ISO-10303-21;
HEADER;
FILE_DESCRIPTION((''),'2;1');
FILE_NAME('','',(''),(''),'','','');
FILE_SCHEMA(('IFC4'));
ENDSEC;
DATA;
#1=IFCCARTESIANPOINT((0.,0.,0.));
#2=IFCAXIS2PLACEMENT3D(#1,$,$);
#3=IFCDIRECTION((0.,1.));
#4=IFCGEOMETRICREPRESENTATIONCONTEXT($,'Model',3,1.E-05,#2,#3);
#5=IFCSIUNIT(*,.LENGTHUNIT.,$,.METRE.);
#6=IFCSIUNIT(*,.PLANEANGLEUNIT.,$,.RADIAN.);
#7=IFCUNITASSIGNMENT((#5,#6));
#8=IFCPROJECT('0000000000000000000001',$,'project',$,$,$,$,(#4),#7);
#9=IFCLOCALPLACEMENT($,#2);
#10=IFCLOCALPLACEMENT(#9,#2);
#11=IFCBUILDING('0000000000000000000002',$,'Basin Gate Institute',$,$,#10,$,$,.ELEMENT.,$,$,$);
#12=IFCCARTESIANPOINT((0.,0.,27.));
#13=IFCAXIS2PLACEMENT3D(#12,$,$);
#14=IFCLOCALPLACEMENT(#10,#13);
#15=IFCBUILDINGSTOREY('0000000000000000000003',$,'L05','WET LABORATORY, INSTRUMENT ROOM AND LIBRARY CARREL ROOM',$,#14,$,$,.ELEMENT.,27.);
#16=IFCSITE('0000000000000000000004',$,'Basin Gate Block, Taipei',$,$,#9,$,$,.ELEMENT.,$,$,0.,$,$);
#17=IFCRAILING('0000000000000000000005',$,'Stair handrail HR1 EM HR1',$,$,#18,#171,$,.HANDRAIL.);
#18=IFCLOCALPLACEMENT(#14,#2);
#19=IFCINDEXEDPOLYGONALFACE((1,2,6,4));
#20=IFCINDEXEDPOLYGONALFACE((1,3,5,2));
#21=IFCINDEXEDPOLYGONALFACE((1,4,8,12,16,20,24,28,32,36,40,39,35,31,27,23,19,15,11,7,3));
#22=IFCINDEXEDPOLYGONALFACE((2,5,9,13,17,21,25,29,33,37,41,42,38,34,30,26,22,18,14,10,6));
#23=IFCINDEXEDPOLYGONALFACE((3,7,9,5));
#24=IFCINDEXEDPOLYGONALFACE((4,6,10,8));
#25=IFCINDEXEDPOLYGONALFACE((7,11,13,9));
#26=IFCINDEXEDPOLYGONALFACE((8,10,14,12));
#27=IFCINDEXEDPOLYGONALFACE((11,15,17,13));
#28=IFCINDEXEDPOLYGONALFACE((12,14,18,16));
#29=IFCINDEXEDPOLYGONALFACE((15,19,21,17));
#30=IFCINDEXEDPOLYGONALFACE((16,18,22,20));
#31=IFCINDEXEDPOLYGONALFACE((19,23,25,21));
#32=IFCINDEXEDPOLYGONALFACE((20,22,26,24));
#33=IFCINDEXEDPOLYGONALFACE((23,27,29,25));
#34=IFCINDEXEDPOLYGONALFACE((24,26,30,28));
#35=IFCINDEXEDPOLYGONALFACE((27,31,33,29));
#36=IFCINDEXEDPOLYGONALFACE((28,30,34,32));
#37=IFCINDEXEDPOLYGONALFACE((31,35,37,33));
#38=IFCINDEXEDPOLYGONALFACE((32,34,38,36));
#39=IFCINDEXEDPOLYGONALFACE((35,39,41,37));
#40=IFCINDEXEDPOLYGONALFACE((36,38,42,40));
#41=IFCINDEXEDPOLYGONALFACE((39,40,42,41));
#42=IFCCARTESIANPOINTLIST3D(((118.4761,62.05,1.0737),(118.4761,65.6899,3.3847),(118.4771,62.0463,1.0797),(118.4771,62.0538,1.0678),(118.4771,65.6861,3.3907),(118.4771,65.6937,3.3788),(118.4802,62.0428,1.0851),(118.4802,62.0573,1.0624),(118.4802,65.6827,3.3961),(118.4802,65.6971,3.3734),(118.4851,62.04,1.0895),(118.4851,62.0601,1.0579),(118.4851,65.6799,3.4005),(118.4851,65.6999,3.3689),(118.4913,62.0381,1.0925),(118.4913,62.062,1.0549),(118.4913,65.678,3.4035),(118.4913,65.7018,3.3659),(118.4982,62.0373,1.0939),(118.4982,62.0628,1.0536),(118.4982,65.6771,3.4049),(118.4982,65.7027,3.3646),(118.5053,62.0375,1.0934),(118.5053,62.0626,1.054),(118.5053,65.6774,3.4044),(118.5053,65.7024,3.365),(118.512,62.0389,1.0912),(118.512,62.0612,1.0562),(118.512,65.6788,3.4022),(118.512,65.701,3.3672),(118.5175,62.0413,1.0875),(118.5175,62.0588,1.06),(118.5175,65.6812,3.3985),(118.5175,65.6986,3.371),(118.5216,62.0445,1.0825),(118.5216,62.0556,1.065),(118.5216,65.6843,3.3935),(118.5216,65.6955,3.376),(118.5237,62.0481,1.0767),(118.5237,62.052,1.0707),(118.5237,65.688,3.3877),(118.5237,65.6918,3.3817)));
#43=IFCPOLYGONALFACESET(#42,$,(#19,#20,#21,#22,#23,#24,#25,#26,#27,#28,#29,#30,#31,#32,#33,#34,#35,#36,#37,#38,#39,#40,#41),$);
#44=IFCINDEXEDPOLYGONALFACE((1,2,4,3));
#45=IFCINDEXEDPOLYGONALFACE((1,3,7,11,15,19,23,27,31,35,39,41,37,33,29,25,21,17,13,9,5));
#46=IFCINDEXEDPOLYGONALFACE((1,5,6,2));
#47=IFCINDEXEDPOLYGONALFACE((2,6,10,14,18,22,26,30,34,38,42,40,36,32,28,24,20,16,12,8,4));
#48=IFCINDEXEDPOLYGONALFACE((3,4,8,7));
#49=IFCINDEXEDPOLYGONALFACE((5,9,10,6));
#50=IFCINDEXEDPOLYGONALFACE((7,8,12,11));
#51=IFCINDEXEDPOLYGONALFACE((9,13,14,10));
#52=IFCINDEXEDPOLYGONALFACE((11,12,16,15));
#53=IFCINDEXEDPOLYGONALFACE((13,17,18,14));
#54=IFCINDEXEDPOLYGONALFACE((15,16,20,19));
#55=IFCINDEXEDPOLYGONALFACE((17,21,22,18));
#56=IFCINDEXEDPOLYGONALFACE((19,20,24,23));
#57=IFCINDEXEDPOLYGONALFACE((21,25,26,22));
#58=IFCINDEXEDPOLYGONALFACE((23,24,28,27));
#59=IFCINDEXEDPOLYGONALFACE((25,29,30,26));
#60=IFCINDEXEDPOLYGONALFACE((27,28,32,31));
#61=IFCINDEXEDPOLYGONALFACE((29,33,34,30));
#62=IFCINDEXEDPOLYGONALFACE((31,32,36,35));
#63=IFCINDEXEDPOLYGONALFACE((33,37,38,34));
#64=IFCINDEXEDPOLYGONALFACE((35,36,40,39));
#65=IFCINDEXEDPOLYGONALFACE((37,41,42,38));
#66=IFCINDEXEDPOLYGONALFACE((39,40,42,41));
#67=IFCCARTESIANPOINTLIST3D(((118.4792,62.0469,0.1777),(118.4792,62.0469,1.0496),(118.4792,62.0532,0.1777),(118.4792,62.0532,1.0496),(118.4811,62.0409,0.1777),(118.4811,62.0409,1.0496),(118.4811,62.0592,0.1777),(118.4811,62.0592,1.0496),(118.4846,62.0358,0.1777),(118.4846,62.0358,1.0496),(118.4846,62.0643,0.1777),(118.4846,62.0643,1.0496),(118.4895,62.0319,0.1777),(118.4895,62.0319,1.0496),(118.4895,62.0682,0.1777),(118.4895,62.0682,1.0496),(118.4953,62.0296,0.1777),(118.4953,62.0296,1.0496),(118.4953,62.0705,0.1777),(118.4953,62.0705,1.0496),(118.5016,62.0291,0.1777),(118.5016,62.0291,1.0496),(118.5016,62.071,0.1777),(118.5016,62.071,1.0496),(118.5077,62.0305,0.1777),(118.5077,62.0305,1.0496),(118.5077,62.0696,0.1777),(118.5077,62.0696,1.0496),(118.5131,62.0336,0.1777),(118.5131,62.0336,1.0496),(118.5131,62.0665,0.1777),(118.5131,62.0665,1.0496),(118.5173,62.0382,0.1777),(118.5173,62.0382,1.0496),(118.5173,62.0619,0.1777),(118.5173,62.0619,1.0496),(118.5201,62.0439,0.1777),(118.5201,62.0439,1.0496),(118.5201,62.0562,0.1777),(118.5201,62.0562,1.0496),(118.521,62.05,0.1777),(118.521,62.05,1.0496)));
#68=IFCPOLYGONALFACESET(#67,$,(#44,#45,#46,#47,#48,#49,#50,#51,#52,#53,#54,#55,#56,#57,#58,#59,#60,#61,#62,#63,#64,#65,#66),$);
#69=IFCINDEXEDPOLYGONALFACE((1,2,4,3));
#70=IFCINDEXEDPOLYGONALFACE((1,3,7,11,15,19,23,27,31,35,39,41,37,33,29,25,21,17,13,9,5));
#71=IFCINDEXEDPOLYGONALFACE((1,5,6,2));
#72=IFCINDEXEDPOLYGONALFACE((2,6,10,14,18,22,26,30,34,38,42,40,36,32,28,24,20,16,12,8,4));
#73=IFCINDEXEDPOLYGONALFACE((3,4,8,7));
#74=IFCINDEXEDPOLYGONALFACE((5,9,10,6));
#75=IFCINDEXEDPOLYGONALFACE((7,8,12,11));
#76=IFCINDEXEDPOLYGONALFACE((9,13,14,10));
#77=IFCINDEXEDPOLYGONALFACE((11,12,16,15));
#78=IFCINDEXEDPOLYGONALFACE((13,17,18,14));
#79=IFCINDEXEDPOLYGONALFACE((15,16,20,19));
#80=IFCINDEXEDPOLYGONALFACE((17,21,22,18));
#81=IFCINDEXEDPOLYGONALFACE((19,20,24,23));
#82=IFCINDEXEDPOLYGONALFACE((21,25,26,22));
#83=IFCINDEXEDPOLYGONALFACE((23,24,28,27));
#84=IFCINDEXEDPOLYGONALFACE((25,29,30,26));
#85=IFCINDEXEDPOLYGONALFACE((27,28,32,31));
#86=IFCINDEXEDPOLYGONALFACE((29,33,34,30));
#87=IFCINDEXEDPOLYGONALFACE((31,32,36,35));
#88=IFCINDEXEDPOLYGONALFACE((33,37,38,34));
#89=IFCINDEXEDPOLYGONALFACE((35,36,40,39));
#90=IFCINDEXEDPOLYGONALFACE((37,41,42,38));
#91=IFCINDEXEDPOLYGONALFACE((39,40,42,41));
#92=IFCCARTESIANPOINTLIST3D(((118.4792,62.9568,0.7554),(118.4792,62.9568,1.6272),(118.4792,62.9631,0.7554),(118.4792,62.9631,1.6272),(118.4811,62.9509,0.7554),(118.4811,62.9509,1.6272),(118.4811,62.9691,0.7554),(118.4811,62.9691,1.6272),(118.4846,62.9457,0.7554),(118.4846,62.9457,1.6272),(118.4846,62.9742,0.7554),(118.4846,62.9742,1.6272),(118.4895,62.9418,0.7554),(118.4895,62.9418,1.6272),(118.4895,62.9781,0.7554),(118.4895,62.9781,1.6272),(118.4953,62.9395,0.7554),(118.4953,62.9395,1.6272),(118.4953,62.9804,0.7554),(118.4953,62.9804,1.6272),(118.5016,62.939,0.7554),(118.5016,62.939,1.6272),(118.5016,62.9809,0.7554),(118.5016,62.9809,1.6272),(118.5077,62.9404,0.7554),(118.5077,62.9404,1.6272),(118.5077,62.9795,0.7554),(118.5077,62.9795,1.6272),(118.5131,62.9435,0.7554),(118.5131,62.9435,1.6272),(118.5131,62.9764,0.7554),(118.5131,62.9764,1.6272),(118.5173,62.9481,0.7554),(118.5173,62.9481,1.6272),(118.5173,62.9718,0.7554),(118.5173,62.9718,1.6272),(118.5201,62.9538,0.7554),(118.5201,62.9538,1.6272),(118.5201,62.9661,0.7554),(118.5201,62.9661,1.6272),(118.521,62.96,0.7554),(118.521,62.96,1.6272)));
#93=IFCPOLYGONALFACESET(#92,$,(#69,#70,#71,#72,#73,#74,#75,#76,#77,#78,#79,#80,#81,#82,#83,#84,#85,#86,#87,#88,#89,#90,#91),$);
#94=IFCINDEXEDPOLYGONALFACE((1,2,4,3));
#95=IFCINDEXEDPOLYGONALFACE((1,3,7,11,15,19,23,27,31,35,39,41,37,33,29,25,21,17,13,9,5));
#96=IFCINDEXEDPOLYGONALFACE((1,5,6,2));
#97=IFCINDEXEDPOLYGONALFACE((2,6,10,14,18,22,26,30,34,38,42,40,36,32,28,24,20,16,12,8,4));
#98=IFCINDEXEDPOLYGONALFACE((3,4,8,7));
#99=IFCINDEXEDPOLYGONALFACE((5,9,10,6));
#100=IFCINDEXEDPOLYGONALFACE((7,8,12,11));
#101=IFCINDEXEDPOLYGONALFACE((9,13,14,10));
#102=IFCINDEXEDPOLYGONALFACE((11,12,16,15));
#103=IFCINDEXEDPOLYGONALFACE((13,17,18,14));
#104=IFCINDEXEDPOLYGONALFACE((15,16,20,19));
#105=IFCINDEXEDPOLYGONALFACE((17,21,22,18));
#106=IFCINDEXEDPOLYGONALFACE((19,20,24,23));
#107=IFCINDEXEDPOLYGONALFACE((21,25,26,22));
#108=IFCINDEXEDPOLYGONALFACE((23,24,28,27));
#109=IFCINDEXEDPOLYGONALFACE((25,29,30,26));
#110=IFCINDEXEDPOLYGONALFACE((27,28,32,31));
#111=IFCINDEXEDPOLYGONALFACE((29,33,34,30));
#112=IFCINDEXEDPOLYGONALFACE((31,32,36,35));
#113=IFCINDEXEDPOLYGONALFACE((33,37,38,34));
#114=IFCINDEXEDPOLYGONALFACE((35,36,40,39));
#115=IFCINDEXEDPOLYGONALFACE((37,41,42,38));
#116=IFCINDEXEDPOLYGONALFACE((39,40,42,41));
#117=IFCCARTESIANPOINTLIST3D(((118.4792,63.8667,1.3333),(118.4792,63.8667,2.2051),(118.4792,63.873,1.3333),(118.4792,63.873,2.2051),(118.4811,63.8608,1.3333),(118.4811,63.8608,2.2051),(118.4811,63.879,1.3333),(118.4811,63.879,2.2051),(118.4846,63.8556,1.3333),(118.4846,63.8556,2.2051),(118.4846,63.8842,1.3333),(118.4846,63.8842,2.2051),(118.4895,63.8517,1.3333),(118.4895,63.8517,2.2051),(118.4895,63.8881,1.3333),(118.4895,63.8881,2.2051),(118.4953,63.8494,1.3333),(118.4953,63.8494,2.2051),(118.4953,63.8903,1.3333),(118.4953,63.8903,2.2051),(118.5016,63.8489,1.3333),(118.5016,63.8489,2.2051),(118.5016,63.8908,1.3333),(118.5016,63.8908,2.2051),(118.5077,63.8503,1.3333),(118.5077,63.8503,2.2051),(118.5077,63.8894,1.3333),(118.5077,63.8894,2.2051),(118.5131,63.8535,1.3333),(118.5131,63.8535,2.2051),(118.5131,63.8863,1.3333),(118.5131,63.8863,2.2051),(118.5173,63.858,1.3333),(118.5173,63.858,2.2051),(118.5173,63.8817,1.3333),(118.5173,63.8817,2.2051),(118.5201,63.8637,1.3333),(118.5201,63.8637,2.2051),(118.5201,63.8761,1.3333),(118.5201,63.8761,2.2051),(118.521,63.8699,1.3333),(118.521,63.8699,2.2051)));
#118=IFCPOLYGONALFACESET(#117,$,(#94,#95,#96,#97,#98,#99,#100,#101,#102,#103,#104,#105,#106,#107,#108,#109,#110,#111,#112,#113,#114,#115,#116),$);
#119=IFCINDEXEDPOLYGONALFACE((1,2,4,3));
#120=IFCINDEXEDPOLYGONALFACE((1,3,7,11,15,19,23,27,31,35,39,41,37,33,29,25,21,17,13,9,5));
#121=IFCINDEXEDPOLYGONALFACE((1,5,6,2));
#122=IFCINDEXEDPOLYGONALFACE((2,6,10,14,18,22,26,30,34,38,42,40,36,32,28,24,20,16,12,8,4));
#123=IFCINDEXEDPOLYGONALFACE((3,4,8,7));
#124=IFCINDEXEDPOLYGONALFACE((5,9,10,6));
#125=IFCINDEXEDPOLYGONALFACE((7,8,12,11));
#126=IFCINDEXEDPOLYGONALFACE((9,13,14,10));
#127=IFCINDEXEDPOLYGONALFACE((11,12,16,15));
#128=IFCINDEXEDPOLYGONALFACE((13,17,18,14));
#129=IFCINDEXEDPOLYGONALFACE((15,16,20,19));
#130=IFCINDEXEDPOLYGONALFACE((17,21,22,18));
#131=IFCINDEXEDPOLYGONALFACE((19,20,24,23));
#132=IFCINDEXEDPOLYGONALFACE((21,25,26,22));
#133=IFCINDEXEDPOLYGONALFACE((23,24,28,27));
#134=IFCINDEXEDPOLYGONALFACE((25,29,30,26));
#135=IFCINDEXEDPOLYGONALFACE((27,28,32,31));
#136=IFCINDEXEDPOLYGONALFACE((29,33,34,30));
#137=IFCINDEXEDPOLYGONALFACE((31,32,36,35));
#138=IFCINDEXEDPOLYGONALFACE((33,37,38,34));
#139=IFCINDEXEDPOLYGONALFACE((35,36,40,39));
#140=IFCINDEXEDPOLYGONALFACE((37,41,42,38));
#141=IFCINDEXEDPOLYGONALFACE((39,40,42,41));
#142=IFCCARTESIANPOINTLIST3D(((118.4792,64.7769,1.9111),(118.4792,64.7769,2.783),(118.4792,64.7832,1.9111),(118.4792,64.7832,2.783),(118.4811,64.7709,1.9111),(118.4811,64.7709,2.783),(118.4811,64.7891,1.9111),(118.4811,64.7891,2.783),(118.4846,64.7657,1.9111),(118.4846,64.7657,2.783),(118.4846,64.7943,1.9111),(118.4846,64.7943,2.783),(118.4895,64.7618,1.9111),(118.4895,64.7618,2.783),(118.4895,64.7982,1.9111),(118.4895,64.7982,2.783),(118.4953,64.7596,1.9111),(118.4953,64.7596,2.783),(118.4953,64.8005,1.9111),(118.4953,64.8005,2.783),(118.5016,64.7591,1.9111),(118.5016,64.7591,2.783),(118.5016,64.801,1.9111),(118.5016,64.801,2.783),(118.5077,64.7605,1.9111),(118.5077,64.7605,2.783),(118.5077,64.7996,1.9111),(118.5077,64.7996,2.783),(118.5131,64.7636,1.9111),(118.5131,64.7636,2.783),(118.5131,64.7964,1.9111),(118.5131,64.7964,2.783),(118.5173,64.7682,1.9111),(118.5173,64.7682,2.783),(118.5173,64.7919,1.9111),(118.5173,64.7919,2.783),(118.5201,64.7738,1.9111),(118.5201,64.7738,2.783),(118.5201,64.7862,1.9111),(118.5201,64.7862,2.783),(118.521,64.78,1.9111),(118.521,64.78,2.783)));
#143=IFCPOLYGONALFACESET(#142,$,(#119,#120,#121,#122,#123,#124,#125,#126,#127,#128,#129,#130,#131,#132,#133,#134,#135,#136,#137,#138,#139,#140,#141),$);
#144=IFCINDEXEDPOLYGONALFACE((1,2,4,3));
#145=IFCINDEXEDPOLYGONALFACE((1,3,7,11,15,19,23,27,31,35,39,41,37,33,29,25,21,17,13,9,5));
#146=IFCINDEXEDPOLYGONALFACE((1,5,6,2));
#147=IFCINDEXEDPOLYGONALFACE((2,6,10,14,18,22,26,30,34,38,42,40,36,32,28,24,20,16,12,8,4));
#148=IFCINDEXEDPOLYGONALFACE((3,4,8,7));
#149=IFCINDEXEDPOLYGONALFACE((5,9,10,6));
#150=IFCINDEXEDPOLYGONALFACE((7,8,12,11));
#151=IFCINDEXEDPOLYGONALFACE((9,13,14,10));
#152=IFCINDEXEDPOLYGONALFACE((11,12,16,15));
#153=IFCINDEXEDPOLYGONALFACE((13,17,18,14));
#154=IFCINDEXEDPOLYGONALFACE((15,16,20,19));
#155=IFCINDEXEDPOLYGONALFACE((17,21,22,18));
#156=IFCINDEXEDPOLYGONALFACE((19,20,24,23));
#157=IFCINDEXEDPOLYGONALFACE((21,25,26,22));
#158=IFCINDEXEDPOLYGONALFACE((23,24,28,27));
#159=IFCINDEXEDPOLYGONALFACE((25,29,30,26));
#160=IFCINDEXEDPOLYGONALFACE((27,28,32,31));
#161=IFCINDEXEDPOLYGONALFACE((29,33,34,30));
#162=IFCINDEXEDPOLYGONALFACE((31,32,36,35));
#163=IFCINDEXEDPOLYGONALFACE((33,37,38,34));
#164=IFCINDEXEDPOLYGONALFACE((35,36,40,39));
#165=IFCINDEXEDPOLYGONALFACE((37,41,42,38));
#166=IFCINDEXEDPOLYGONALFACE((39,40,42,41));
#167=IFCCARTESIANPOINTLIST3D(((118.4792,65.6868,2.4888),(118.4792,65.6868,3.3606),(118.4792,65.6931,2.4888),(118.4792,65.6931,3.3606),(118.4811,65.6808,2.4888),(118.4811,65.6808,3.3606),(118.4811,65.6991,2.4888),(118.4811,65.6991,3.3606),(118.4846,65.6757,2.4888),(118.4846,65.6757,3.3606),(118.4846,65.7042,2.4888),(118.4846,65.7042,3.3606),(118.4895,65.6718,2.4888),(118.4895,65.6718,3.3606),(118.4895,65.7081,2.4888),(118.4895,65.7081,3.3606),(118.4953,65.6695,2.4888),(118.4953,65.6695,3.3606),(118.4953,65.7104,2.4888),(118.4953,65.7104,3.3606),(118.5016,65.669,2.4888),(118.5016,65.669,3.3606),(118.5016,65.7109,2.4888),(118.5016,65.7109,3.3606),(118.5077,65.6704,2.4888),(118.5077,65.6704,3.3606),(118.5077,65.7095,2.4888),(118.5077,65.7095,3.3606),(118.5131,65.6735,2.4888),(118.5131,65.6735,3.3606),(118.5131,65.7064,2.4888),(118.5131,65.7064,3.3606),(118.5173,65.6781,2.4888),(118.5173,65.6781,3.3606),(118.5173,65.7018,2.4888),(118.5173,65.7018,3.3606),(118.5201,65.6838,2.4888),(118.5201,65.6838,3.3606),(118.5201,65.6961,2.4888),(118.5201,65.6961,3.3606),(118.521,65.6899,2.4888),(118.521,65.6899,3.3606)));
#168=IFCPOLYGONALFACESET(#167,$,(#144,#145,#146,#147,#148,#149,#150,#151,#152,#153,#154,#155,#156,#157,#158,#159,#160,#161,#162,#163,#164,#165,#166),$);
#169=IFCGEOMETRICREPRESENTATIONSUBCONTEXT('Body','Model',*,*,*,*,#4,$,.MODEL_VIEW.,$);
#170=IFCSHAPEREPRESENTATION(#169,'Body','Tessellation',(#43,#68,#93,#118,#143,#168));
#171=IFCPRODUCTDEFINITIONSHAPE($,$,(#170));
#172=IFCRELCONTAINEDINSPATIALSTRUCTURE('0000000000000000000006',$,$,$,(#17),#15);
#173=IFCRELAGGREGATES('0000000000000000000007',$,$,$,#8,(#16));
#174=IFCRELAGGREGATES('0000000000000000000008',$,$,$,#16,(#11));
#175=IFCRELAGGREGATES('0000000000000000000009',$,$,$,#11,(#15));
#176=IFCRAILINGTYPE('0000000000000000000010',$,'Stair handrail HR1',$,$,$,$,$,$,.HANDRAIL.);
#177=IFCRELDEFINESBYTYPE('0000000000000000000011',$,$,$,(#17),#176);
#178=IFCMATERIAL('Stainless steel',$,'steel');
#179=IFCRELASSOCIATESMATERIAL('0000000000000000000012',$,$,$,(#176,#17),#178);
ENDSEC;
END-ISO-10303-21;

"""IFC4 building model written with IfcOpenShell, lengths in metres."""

from ifc_helpers import new_model, si_unit, direction, frame, origin, origin_2d, place, context, subcontext, project, spatial, circle, extrude, material, type_object, element, save


model = new_model("IFC4")

# Units and contexts
model_context = context("Model", 3, precision=1e-05, world=origin(), true_north=direction((0.0, 1.0)))
body_context = subcontext(model_context, "Body", "Model", "MODEL_VIEW")
ifc_project = project(units=[si_unit("LENGTHUNIT", "METRE"), si_unit("PLANEANGLEUNIT", "RADIAN")], contexts=[model_context])

# Site, building, storey
site_placement = place(None, origin())
site = spatial("IfcSite", under=ifc_project, at=site_placement, Name="Basin Gate Block, Taipei", CompositionType="ELEMENT", RefElevation=0.0)
building_placement = place(site_placement, origin())
building = spatial("IfcBuilding", under=site, at=building_placement, Name="Basin Gate Institute", CompositionType="ELEMENT")
storey_placement = place(building_placement, frame((0.0, 0.0, 27.0)))
storey = spatial("IfcBuildingStorey", under=building, at=storey_placement, Name="L05", Description="WET LABORATORY, INSTRUMENT ROOM AND LIBRARY CARREL ROOM", CompositionType="ELEMENT", Elevation=27.0)

# Railing
ifc_material_1 = material(Name="Stainless steel", Category="steel")
railing_type_1 = type_object("IfcRailingType", Name="Stair handrail HR1", PredefinedType="HANDRAIL", material=ifc_material_1)
for number, where, name in (
    (1, (118.5, 62.05, 0.1777), "Stair handrail HR1 EM HR1"),
):
    element("IfcRailing", number, at=place(storey_placement, frame(where)), inside=storey, type_object=railing_type_1, material=ifc_material_1, Name=name, PredefinedType="HANDRAIL", context=body_context, shape_type="SweptSolid", body=[
        extrude(circle(Radius=0.0239, at=origin_2d()), frame((0.0, 0.0, 0.896), z_axis=(0.0, 0.844214, 0.536007), x_axis=(-1.0, 0.0, 0.0)), (0.0, 0.0, 1.0), 4.3115),
        extrude(circle(Radius=0.021, at=origin_2d()), origin(), (0.0, 0.0, 1.0), 0.8718),
        extrude(circle(Radius=0.021, at=origin_2d()), frame((0.0, 0.9099, 0.5776)), (0.0, 0.0, 1.0), 0.8718),
        extrude(circle(Radius=0.021, at=origin_2d()), frame((0.0, 1.8198, 1.1555)), (0.0, 0.0, 1.0), 0.8718),
        extrude(circle(Radius=0.021, at=origin_2d()), frame((0.0, 2.73, 1.7334)), (0.0, 0.0, 1.0), 0.8718),
        extrude(circle(Radius=0.021, at=origin_2d()), frame((0.0, 3.6399, 2.311)), (0.0, 0.0, 1.0), 0.8718),
    ])

save(model, "model.ifc")
